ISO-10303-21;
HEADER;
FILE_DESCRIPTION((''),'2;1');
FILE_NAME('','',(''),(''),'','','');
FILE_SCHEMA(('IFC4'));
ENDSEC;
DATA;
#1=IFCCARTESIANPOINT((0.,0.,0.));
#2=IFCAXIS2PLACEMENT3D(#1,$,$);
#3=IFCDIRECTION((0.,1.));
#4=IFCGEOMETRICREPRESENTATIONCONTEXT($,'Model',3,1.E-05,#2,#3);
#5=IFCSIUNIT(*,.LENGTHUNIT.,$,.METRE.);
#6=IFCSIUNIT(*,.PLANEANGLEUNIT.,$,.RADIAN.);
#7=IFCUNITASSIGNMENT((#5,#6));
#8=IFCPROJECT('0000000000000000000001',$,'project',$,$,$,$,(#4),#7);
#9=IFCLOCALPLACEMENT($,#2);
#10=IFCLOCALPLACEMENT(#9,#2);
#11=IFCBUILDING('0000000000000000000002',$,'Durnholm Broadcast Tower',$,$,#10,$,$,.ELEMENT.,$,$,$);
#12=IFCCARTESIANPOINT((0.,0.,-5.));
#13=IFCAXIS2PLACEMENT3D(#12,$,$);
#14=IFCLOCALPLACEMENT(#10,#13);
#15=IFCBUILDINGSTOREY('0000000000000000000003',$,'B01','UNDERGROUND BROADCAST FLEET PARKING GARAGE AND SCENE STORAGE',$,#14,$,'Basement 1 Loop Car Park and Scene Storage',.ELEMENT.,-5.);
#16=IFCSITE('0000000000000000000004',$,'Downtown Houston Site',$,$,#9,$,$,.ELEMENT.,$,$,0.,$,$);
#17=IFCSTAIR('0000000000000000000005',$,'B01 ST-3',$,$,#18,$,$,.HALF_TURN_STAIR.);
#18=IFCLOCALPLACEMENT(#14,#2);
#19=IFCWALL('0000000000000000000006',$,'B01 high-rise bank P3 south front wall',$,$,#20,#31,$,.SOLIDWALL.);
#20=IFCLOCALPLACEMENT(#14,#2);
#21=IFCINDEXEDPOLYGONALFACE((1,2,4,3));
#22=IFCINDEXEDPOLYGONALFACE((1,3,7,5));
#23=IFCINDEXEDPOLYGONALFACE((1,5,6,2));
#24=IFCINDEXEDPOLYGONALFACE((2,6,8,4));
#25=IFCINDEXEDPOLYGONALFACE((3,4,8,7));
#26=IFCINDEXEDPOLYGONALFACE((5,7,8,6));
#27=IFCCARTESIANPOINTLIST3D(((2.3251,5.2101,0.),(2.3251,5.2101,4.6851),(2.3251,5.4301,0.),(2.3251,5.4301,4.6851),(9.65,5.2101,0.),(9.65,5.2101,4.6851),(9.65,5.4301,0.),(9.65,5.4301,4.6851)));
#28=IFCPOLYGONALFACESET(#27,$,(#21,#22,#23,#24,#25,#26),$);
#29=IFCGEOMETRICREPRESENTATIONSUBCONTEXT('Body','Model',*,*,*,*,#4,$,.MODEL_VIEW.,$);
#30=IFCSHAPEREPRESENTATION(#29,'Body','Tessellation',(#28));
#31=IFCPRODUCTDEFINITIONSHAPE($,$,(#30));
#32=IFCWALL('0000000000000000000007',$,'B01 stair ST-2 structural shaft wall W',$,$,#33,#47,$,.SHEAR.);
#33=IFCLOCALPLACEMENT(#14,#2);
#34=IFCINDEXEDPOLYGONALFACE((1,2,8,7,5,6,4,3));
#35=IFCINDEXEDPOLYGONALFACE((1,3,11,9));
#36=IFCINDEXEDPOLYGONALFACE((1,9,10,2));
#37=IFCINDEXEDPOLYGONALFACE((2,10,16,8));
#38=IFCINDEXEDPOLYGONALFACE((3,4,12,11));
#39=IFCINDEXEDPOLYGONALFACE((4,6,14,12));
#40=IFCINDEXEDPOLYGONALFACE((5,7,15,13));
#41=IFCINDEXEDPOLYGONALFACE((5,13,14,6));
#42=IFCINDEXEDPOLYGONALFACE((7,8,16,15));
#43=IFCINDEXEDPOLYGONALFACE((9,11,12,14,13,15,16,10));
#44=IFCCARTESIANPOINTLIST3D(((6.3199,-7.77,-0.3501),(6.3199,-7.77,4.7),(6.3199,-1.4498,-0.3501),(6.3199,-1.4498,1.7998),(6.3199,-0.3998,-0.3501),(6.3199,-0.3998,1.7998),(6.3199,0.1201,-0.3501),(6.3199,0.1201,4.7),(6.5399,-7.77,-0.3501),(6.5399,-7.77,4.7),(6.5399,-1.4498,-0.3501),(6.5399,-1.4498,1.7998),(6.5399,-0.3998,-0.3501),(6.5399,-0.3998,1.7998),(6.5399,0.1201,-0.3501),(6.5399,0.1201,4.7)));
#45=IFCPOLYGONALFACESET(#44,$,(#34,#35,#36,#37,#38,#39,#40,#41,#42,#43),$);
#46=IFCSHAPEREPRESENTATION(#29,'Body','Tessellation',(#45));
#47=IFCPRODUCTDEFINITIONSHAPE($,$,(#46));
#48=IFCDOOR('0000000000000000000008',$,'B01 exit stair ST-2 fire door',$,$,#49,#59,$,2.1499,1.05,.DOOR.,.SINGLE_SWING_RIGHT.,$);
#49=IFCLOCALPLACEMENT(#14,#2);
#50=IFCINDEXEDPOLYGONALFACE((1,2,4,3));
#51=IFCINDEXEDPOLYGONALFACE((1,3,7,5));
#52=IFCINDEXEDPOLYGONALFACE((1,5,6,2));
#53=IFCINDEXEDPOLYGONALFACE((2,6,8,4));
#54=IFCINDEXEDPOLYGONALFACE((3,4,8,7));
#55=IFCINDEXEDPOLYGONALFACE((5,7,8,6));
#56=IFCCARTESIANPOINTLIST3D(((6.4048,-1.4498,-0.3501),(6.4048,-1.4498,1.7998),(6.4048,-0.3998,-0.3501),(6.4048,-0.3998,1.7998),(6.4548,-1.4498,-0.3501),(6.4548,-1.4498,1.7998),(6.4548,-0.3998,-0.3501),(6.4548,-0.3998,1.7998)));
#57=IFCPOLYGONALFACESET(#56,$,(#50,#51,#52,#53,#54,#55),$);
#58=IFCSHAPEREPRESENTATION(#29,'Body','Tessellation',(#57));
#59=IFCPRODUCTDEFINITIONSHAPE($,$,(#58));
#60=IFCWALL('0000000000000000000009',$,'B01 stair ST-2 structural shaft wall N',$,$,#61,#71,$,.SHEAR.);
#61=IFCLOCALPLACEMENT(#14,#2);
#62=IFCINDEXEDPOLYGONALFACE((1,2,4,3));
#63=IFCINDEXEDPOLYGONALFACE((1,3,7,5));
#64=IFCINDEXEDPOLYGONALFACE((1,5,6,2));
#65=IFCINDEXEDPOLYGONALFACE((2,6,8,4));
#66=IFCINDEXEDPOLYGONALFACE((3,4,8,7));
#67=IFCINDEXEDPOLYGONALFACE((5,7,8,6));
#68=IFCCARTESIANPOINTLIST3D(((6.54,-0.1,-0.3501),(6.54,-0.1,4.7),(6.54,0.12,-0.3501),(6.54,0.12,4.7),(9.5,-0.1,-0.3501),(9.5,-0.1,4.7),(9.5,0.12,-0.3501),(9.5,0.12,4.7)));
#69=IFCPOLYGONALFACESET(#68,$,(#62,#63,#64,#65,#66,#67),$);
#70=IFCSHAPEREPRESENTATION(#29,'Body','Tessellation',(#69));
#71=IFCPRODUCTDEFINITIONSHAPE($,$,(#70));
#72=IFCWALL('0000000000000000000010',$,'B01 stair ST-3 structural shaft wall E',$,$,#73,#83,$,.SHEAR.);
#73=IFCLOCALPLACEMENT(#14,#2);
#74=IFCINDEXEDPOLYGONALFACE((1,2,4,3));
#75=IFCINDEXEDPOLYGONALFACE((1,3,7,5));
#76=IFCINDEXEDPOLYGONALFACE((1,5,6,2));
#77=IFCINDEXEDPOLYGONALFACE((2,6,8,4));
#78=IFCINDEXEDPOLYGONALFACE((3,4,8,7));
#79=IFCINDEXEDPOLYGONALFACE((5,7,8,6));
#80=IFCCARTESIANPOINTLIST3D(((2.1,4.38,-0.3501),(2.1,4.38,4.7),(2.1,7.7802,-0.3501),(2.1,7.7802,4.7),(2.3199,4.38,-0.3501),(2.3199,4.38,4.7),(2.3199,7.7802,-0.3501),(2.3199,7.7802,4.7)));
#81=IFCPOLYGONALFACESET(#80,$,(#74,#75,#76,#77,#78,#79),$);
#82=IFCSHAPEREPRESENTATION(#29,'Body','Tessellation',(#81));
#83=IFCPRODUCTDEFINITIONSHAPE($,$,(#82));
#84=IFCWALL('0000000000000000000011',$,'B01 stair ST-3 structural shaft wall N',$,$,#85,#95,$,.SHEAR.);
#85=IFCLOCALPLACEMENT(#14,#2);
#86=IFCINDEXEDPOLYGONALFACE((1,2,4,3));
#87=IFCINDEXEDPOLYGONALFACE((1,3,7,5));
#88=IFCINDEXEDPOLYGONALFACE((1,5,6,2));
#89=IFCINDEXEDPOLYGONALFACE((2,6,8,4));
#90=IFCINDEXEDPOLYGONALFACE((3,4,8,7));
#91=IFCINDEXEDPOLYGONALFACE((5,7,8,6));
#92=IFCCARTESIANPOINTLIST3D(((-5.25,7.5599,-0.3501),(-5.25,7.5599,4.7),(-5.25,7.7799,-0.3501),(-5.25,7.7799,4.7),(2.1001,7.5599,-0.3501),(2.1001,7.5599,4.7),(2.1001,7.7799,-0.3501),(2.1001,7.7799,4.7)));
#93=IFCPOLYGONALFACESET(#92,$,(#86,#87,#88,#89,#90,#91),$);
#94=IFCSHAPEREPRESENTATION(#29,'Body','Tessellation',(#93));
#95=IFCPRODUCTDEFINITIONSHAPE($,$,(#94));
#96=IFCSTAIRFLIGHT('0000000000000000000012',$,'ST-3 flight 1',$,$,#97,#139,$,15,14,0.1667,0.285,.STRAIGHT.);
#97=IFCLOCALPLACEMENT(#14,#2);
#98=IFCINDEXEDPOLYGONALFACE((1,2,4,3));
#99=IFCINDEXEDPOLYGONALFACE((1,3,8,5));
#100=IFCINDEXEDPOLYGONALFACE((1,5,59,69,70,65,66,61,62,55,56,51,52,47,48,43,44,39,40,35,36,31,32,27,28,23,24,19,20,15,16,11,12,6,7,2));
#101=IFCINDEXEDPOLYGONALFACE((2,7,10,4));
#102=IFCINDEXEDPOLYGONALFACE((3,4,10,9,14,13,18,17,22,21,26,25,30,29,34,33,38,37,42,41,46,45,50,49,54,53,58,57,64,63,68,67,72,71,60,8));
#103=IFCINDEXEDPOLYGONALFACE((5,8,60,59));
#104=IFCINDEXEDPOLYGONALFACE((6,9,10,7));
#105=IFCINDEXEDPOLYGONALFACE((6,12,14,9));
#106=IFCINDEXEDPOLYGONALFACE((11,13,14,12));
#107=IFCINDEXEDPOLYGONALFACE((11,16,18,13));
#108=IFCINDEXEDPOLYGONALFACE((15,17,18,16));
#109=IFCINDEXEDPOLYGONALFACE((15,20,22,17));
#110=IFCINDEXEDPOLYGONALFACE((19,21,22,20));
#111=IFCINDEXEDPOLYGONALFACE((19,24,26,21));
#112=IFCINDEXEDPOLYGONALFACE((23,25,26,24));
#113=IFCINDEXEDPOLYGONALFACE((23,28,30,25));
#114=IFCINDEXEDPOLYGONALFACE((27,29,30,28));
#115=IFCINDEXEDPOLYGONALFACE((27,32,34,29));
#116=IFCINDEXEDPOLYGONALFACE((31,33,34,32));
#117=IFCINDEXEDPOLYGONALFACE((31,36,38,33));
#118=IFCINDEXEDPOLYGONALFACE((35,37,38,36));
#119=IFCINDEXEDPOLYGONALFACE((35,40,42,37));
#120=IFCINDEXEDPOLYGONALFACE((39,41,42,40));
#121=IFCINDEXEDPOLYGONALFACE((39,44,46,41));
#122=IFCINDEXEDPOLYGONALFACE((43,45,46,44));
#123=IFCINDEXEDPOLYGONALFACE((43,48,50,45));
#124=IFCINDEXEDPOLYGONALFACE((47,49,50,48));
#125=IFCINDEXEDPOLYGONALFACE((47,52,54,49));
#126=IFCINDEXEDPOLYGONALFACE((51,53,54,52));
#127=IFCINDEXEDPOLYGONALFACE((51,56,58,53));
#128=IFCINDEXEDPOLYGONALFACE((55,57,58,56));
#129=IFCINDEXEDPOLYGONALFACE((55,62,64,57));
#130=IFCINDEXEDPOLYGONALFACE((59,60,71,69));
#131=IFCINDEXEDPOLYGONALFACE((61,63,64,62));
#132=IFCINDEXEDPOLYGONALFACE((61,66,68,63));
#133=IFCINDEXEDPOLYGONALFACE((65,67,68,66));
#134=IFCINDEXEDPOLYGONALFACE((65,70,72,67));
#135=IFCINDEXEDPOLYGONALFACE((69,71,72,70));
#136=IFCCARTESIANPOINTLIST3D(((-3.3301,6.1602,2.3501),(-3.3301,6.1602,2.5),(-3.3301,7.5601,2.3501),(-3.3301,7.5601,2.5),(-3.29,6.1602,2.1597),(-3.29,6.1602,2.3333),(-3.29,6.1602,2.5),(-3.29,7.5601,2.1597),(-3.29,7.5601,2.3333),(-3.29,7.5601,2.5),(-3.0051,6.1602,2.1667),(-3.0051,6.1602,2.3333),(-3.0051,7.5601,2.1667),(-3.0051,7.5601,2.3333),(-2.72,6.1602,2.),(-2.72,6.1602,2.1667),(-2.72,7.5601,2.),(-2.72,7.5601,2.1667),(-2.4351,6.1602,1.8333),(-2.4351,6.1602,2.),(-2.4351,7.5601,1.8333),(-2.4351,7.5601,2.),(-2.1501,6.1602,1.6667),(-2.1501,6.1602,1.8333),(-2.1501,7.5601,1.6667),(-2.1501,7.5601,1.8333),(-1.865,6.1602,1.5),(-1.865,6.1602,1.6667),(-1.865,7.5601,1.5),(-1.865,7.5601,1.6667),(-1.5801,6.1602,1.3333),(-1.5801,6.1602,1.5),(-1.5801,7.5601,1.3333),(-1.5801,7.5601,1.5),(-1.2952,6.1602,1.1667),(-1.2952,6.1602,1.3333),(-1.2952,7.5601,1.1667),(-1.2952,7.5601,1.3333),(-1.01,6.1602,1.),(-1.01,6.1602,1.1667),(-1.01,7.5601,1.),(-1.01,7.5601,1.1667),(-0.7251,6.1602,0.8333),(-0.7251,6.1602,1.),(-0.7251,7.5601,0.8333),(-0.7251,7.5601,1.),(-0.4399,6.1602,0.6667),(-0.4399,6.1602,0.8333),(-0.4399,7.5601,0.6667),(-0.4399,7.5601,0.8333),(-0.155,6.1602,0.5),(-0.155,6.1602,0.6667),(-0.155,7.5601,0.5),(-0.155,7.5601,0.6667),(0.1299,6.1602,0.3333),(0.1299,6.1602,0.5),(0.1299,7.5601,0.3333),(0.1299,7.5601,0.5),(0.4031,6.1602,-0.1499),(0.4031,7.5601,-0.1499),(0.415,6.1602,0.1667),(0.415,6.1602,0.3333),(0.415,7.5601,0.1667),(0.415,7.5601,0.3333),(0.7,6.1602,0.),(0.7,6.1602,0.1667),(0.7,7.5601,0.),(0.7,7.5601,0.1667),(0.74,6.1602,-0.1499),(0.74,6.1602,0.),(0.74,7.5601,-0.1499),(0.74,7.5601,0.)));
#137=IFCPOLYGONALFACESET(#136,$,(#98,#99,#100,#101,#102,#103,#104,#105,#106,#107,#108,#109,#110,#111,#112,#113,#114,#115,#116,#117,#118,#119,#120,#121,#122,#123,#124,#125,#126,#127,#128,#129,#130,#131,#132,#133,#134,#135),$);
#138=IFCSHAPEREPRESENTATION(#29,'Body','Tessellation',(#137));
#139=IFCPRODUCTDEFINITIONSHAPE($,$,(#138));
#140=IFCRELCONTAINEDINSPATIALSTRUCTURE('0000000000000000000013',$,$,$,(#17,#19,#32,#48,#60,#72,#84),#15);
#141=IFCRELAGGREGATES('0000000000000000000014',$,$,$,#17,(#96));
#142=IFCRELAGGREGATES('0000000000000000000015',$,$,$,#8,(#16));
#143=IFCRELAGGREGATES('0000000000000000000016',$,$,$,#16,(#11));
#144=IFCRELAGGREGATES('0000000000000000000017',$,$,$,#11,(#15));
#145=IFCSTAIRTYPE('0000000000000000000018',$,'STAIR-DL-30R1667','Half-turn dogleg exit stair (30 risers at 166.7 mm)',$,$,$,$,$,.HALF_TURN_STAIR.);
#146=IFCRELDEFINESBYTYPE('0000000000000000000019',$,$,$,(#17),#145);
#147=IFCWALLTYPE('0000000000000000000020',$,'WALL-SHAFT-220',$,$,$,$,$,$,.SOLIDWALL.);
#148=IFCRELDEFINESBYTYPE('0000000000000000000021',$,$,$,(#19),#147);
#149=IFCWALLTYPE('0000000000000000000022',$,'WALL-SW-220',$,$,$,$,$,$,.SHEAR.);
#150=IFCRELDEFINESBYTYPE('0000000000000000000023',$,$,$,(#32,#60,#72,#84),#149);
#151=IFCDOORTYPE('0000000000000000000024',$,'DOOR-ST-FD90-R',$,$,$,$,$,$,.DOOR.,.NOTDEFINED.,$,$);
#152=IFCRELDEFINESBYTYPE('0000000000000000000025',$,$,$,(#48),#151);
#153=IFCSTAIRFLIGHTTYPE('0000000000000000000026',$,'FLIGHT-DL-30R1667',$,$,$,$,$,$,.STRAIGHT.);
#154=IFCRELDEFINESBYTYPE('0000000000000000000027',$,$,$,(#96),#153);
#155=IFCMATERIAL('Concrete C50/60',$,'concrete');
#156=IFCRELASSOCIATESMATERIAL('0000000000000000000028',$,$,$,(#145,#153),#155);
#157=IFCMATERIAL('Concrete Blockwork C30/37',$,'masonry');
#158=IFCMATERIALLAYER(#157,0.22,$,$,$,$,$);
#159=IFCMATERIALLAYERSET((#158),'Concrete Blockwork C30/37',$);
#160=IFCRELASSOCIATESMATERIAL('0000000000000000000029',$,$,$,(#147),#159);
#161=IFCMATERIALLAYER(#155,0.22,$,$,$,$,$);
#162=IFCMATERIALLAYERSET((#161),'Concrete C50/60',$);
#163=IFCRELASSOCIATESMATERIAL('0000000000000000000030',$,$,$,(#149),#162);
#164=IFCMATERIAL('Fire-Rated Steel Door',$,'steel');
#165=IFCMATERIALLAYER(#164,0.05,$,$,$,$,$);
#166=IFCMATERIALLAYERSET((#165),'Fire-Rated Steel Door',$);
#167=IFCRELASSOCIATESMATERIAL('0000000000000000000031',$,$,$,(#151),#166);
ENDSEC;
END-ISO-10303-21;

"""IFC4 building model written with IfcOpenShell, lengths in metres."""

from ifc_helpers import new_model, si_unit, direction, frame, frame_2d, origin, place, context, subcontext, project, spatial, polyline, rectangle, outline, extrude, source, transform, mapped, material, layer, layer_set, type_object, type_shapes, element, fill, aggregate, save


model = new_model("IFC4")

# Units and contexts
model_context = context("Model", 3, precision=1e-05, world=origin(), true_north=direction((0.0, 1.0)))
body_context = subcontext(model_context, "Body", "Model", "MODEL_VIEW")
ifc_project = project(units=[si_unit("LENGTHUNIT", "METRE"), si_unit("PLANEANGLEUNIT", "RADIAN")], contexts=[model_context])

# Site, building, storey
site_placement = place(None, origin())
site = spatial("IfcSite", under=ifc_project, at=site_placement, Name="Downtown Houston Site", CompositionType="ELEMENT", RefElevation=0.0)
building_placement = place(site_placement, origin())
building = spatial("IfcBuilding", under=site, at=building_placement, Name="Durnholm Broadcast Tower", CompositionType="ELEMENT")
storey_placement = place(building_placement, frame((0.0, 0.0, -5.0)))
storey = spatial("IfcBuildingStorey", under=building, at=storey_placement, Name="B01", Description="UNDERGROUND BROADCAST FLEET PARKING GARAGE AND SCENE STORAGE", LongName="Basement 1 Loop Car Park and Scene Storage", CompositionType="ELEMENT", Elevation=-5.0)

# Shared definitions
ifc_material_1 = material(Name="Concrete C50/60", Category="concrete")

# Stair
stair_type = type_object("IfcStairType", Name="STAIR-DL-30R1667", Description="Half-turn dogleg exit stair (30 risers at 166.7 mm)", PredefinedType="HALF_TURN_STAIR", material=ifc_material_1)
stair_1_placement = place(storey_placement, origin())
stair_1 = element("IfcStair", 1, at=stair_1_placement, inside=storey, type_object=stair_type, Name="B01 ST-3", PredefinedType="HALF_TURN_STAIR")

# Shared definitions
ifc_material_2 = material(Name="Concrete Blockwork C30/37", Category="masonry")
ifc_layer_1 = layer(ifc_material_2, 0.22)
ifc_layer_set_1 = layer_set([ifc_layer_1], Name="Concrete Blockwork C30/37")
wall_type_1 = type_object("IfcWallType", Name="WALL-SHAFT-220", PredefinedType="SOLIDWALL", material=ifc_layer_set_1)

# Wall
wall_1_placement = place(storey_placement, frame((2.325, 5.3201, 0.0), z_axis=(0.0, 0.0, 1.0), x_axis=(1.0, 0.0, 0.0)))
element("IfcWall", 2, at=wall_1_placement, inside=storey, type_object=wall_type_1, Name="B01 high-rise bank P3 south front wall", PredefinedType="SOLIDWALL", context=body_context, shape_type="SweptSolid", body=[
    extrude(rectangle(XDim=7.325, YDim=0.22, at=frame_2d((3.6626, 0.0))), origin(), (0.0, 0.0, 1.0), 4.6851),
])

# Wall, opening, door
ifc_layer_2 = layer(ifc_material_1, 0.22)
ifc_layer_set_2 = layer_set([ifc_layer_2], Name="Concrete C50/60")
wall_type_2 = type_object("IfcWallType", Name="WALL-SW-220", PredefinedType="SHEAR", material=ifc_layer_set_2)
wall_2_placement = place(storey_placement, frame((6.4299, 0.1201, -0.3501), z_axis=(0.0, 0.0, 1.0), x_axis=(0.0, -1.0, 0.0)))
wall_2 = element("IfcWall", 3, at=wall_2_placement, inside=storey, type_object=wall_type_2, Name="B01 stair ST-2 structural shaft wall W", PredefinedType="SHEAR", context=body_context, shape_type="SweptSolid", body=[
    extrude(rectangle(XDim=7.8901, YDim=0.22, at=frame_2d((3.9451, 0.0))), origin(), (0.0, 0.0, 1.0), 5.05),
])
opening_1_placement = place(wall_2_placement, frame((0.52, 0.0, 0.0)))
opening_1 = element("IfcOpeningElement", 4, at=opening_1_placement, cuts=wall_2, PredefinedType="OPENING", context=body_context, shape_type="SweptSolid", body=[
    extrude(rectangle(XDim=1.05, YDim=2.1499, at=frame_2d((0.5249, 1.075))), frame((0.0, 0.1201, 0.0), z_axis=(0.0, -1.0, 0.0), x_axis=(1.0, 0.0, 0.0)), (0.0, 0.0, 1.0), 0.24),
])
ifc_material_3 = material(Name="Fire-Rated Steel Door", Category="steel")
ifc_layer_3 = layer(ifc_material_3, 0.05)
ifc_layer_set_3 = layer_set([ifc_layer_3], Name="Fire-Rated Steel Door")
door_type_1 = type_object("IfcDoorType", Name="DOOR-ST-FD90-R", OperationType="NOTDEFINED", PredefinedType="DOOR", material=ifc_layer_set_3)
shared_shape_1 = source(origin(), body_context, "Body", "SweptSolid", [
    extrude(rectangle(XDim=1.05, YDim=2.1499, at=frame_2d((0.5249, 1.075))), frame((0.0, 0.0249, 0.0), z_axis=(0.0, -1.0, 0.0), x_axis=(1.0, 0.0, 0.0)), (0.0, 0.0, 1.0), 0.05),
])
type_shapes(door_type_1, [shared_shape_1])
door_1_placement = place(opening_1_placement, origin())
door_1 = element("IfcDoor", 5, at=door_1_placement, inside=storey, type_object=door_type_1, Name="B01 exit stair ST-2 fire door", OperationType="SINGLE_SWING_RIGHT", OverallHeight=2.1499, OverallWidth=1.05, PredefinedType="DOOR", context=body_context, shape_type="MappedRepresentation", body=[
    mapped(shared_shape_1, transform((0.0, 0.0, 0.0), x_axis=(1.0, 0.0, 0.0), y_axis=(0.0, 1.0, 0.0), z_axis=(0.0, 0.0, 1.0), scale=1.0)),
])
fill(opening_1, door_1)

# Walls
wall_3_placement = place(storey_placement, frame((9.5, 0.01, -0.3501), z_axis=(0.0, 0.0, 1.0), x_axis=(-1.0, 0.0, 0.0)))
element("IfcWall", 6, at=wall_3_placement, inside=storey, type_object=wall_type_2, Name="B01 stair ST-2 structural shaft wall N", PredefinedType="SHEAR", context=body_context, shape_type="SweptSolid", body=[
    extrude(rectangle(XDim=2.96, YDim=0.22, at=frame_2d((1.48, 0.0))), origin(), (0.0, 0.0, 1.0), 5.05),
])
wall_4_placement = place(storey_placement, frame((2.21, 4.3799, -0.3501), z_axis=(0.0, 0.0, 1.0), x_axis=(0.0, 1.0, 0.0)))
element("IfcWall", 7, at=wall_4_placement, inside=storey, type_object=wall_type_2, Name="B01 stair ST-3 structural shaft wall E", PredefinedType="SHEAR", context=body_context, shape_type="SweptSolid", body=[
    extrude(rectangle(XDim=3.4001, YDim=0.22, at=frame_2d((1.7002, 0.0))), origin(), (0.0, 0.0, 1.0), 5.05),
])
wall_5_placement = place(storey_placement, frame((2.1001, 7.6699, -0.3501), z_axis=(0.0, 0.0, 1.0), x_axis=(-1.0, 0.0, 0.0)))
element("IfcWall", 8, at=wall_5_placement, inside=storey, type_object=wall_type_2, Name="B01 stair ST-3 structural shaft wall N", PredefinedType="SHEAR", context=body_context, shape_type="SweptSolid", body=[
    extrude(rectangle(XDim=7.3501, YDim=0.22, at=frame_2d((3.675, 0.0))), origin(), (0.0, 0.0, 1.0), 5.05),
])

# Stair flight
stair_flight_type = type_object("IfcStairFlightType", Name="FLIGHT-DL-30R1667", PredefinedType="STRAIGHT", material=ifc_material_1)
stair_flight_placement = place(storey_placement, frame((0.7, 6.8601, 0.0), z_axis=(0.0, 0.0, 1.0), x_axis=(-1.0, 0.0, 0.0)))
stair_flight = element("IfcStairFlight", 9, at=stair_flight_placement, type_object=stair_flight_type, Name="ST-3 flight 1", NumberOfRisers=15, NumberOfTreads=14, PredefinedType="STRAIGHT", RiserHeight=0.1667, TreadLength=0.285, context=body_context, shape_type="SweptSolid", body=[
    extrude(outline(polyline([(-0.04, -0.1499), (-0.04, 0.0), (0.0, 0.0), (0.0, 0.1667), (0.2849, 0.1667), (0.2849, 0.3333), (0.5701, 0.3333), (0.5701, 0.5), (0.855, 0.5), (0.855, 0.6667), (1.1399, 0.6667), (1.1399, 0.8333), (1.425, 0.8333), (1.425, 1.0), (1.71, 1.0), (1.71, 1.1667), (1.9951, 1.1667), (1.9951, 1.3333), (2.28, 1.3333), (2.28, 1.5), (2.5649, 1.5), (2.5649, 1.6667), (2.8501, 1.6667), (2.8501, 1.8333), (3.135, 1.8333), (3.135, 2.0), (3.4199, 2.0), (3.4199, 2.1667), (3.7051, 2.1667), (3.7051, 2.3333), (3.99, 2.3333), (3.99, 2.5), (4.03, 2.5), (4.03, 2.3501), (3.99, 2.1597), (0.2969, -0.1499), (-0.04, -0.1499)])), frame((0.0, 0.7, 0.0), z_axis=(0.0, -1.0, 0.0), x_axis=(1.0, 0.0, 0.0)), (0.0, 0.0, 1.0), 1.3999),
])
aggregate(stair_1, [stair_flight])

save(model, "model.ifc")
